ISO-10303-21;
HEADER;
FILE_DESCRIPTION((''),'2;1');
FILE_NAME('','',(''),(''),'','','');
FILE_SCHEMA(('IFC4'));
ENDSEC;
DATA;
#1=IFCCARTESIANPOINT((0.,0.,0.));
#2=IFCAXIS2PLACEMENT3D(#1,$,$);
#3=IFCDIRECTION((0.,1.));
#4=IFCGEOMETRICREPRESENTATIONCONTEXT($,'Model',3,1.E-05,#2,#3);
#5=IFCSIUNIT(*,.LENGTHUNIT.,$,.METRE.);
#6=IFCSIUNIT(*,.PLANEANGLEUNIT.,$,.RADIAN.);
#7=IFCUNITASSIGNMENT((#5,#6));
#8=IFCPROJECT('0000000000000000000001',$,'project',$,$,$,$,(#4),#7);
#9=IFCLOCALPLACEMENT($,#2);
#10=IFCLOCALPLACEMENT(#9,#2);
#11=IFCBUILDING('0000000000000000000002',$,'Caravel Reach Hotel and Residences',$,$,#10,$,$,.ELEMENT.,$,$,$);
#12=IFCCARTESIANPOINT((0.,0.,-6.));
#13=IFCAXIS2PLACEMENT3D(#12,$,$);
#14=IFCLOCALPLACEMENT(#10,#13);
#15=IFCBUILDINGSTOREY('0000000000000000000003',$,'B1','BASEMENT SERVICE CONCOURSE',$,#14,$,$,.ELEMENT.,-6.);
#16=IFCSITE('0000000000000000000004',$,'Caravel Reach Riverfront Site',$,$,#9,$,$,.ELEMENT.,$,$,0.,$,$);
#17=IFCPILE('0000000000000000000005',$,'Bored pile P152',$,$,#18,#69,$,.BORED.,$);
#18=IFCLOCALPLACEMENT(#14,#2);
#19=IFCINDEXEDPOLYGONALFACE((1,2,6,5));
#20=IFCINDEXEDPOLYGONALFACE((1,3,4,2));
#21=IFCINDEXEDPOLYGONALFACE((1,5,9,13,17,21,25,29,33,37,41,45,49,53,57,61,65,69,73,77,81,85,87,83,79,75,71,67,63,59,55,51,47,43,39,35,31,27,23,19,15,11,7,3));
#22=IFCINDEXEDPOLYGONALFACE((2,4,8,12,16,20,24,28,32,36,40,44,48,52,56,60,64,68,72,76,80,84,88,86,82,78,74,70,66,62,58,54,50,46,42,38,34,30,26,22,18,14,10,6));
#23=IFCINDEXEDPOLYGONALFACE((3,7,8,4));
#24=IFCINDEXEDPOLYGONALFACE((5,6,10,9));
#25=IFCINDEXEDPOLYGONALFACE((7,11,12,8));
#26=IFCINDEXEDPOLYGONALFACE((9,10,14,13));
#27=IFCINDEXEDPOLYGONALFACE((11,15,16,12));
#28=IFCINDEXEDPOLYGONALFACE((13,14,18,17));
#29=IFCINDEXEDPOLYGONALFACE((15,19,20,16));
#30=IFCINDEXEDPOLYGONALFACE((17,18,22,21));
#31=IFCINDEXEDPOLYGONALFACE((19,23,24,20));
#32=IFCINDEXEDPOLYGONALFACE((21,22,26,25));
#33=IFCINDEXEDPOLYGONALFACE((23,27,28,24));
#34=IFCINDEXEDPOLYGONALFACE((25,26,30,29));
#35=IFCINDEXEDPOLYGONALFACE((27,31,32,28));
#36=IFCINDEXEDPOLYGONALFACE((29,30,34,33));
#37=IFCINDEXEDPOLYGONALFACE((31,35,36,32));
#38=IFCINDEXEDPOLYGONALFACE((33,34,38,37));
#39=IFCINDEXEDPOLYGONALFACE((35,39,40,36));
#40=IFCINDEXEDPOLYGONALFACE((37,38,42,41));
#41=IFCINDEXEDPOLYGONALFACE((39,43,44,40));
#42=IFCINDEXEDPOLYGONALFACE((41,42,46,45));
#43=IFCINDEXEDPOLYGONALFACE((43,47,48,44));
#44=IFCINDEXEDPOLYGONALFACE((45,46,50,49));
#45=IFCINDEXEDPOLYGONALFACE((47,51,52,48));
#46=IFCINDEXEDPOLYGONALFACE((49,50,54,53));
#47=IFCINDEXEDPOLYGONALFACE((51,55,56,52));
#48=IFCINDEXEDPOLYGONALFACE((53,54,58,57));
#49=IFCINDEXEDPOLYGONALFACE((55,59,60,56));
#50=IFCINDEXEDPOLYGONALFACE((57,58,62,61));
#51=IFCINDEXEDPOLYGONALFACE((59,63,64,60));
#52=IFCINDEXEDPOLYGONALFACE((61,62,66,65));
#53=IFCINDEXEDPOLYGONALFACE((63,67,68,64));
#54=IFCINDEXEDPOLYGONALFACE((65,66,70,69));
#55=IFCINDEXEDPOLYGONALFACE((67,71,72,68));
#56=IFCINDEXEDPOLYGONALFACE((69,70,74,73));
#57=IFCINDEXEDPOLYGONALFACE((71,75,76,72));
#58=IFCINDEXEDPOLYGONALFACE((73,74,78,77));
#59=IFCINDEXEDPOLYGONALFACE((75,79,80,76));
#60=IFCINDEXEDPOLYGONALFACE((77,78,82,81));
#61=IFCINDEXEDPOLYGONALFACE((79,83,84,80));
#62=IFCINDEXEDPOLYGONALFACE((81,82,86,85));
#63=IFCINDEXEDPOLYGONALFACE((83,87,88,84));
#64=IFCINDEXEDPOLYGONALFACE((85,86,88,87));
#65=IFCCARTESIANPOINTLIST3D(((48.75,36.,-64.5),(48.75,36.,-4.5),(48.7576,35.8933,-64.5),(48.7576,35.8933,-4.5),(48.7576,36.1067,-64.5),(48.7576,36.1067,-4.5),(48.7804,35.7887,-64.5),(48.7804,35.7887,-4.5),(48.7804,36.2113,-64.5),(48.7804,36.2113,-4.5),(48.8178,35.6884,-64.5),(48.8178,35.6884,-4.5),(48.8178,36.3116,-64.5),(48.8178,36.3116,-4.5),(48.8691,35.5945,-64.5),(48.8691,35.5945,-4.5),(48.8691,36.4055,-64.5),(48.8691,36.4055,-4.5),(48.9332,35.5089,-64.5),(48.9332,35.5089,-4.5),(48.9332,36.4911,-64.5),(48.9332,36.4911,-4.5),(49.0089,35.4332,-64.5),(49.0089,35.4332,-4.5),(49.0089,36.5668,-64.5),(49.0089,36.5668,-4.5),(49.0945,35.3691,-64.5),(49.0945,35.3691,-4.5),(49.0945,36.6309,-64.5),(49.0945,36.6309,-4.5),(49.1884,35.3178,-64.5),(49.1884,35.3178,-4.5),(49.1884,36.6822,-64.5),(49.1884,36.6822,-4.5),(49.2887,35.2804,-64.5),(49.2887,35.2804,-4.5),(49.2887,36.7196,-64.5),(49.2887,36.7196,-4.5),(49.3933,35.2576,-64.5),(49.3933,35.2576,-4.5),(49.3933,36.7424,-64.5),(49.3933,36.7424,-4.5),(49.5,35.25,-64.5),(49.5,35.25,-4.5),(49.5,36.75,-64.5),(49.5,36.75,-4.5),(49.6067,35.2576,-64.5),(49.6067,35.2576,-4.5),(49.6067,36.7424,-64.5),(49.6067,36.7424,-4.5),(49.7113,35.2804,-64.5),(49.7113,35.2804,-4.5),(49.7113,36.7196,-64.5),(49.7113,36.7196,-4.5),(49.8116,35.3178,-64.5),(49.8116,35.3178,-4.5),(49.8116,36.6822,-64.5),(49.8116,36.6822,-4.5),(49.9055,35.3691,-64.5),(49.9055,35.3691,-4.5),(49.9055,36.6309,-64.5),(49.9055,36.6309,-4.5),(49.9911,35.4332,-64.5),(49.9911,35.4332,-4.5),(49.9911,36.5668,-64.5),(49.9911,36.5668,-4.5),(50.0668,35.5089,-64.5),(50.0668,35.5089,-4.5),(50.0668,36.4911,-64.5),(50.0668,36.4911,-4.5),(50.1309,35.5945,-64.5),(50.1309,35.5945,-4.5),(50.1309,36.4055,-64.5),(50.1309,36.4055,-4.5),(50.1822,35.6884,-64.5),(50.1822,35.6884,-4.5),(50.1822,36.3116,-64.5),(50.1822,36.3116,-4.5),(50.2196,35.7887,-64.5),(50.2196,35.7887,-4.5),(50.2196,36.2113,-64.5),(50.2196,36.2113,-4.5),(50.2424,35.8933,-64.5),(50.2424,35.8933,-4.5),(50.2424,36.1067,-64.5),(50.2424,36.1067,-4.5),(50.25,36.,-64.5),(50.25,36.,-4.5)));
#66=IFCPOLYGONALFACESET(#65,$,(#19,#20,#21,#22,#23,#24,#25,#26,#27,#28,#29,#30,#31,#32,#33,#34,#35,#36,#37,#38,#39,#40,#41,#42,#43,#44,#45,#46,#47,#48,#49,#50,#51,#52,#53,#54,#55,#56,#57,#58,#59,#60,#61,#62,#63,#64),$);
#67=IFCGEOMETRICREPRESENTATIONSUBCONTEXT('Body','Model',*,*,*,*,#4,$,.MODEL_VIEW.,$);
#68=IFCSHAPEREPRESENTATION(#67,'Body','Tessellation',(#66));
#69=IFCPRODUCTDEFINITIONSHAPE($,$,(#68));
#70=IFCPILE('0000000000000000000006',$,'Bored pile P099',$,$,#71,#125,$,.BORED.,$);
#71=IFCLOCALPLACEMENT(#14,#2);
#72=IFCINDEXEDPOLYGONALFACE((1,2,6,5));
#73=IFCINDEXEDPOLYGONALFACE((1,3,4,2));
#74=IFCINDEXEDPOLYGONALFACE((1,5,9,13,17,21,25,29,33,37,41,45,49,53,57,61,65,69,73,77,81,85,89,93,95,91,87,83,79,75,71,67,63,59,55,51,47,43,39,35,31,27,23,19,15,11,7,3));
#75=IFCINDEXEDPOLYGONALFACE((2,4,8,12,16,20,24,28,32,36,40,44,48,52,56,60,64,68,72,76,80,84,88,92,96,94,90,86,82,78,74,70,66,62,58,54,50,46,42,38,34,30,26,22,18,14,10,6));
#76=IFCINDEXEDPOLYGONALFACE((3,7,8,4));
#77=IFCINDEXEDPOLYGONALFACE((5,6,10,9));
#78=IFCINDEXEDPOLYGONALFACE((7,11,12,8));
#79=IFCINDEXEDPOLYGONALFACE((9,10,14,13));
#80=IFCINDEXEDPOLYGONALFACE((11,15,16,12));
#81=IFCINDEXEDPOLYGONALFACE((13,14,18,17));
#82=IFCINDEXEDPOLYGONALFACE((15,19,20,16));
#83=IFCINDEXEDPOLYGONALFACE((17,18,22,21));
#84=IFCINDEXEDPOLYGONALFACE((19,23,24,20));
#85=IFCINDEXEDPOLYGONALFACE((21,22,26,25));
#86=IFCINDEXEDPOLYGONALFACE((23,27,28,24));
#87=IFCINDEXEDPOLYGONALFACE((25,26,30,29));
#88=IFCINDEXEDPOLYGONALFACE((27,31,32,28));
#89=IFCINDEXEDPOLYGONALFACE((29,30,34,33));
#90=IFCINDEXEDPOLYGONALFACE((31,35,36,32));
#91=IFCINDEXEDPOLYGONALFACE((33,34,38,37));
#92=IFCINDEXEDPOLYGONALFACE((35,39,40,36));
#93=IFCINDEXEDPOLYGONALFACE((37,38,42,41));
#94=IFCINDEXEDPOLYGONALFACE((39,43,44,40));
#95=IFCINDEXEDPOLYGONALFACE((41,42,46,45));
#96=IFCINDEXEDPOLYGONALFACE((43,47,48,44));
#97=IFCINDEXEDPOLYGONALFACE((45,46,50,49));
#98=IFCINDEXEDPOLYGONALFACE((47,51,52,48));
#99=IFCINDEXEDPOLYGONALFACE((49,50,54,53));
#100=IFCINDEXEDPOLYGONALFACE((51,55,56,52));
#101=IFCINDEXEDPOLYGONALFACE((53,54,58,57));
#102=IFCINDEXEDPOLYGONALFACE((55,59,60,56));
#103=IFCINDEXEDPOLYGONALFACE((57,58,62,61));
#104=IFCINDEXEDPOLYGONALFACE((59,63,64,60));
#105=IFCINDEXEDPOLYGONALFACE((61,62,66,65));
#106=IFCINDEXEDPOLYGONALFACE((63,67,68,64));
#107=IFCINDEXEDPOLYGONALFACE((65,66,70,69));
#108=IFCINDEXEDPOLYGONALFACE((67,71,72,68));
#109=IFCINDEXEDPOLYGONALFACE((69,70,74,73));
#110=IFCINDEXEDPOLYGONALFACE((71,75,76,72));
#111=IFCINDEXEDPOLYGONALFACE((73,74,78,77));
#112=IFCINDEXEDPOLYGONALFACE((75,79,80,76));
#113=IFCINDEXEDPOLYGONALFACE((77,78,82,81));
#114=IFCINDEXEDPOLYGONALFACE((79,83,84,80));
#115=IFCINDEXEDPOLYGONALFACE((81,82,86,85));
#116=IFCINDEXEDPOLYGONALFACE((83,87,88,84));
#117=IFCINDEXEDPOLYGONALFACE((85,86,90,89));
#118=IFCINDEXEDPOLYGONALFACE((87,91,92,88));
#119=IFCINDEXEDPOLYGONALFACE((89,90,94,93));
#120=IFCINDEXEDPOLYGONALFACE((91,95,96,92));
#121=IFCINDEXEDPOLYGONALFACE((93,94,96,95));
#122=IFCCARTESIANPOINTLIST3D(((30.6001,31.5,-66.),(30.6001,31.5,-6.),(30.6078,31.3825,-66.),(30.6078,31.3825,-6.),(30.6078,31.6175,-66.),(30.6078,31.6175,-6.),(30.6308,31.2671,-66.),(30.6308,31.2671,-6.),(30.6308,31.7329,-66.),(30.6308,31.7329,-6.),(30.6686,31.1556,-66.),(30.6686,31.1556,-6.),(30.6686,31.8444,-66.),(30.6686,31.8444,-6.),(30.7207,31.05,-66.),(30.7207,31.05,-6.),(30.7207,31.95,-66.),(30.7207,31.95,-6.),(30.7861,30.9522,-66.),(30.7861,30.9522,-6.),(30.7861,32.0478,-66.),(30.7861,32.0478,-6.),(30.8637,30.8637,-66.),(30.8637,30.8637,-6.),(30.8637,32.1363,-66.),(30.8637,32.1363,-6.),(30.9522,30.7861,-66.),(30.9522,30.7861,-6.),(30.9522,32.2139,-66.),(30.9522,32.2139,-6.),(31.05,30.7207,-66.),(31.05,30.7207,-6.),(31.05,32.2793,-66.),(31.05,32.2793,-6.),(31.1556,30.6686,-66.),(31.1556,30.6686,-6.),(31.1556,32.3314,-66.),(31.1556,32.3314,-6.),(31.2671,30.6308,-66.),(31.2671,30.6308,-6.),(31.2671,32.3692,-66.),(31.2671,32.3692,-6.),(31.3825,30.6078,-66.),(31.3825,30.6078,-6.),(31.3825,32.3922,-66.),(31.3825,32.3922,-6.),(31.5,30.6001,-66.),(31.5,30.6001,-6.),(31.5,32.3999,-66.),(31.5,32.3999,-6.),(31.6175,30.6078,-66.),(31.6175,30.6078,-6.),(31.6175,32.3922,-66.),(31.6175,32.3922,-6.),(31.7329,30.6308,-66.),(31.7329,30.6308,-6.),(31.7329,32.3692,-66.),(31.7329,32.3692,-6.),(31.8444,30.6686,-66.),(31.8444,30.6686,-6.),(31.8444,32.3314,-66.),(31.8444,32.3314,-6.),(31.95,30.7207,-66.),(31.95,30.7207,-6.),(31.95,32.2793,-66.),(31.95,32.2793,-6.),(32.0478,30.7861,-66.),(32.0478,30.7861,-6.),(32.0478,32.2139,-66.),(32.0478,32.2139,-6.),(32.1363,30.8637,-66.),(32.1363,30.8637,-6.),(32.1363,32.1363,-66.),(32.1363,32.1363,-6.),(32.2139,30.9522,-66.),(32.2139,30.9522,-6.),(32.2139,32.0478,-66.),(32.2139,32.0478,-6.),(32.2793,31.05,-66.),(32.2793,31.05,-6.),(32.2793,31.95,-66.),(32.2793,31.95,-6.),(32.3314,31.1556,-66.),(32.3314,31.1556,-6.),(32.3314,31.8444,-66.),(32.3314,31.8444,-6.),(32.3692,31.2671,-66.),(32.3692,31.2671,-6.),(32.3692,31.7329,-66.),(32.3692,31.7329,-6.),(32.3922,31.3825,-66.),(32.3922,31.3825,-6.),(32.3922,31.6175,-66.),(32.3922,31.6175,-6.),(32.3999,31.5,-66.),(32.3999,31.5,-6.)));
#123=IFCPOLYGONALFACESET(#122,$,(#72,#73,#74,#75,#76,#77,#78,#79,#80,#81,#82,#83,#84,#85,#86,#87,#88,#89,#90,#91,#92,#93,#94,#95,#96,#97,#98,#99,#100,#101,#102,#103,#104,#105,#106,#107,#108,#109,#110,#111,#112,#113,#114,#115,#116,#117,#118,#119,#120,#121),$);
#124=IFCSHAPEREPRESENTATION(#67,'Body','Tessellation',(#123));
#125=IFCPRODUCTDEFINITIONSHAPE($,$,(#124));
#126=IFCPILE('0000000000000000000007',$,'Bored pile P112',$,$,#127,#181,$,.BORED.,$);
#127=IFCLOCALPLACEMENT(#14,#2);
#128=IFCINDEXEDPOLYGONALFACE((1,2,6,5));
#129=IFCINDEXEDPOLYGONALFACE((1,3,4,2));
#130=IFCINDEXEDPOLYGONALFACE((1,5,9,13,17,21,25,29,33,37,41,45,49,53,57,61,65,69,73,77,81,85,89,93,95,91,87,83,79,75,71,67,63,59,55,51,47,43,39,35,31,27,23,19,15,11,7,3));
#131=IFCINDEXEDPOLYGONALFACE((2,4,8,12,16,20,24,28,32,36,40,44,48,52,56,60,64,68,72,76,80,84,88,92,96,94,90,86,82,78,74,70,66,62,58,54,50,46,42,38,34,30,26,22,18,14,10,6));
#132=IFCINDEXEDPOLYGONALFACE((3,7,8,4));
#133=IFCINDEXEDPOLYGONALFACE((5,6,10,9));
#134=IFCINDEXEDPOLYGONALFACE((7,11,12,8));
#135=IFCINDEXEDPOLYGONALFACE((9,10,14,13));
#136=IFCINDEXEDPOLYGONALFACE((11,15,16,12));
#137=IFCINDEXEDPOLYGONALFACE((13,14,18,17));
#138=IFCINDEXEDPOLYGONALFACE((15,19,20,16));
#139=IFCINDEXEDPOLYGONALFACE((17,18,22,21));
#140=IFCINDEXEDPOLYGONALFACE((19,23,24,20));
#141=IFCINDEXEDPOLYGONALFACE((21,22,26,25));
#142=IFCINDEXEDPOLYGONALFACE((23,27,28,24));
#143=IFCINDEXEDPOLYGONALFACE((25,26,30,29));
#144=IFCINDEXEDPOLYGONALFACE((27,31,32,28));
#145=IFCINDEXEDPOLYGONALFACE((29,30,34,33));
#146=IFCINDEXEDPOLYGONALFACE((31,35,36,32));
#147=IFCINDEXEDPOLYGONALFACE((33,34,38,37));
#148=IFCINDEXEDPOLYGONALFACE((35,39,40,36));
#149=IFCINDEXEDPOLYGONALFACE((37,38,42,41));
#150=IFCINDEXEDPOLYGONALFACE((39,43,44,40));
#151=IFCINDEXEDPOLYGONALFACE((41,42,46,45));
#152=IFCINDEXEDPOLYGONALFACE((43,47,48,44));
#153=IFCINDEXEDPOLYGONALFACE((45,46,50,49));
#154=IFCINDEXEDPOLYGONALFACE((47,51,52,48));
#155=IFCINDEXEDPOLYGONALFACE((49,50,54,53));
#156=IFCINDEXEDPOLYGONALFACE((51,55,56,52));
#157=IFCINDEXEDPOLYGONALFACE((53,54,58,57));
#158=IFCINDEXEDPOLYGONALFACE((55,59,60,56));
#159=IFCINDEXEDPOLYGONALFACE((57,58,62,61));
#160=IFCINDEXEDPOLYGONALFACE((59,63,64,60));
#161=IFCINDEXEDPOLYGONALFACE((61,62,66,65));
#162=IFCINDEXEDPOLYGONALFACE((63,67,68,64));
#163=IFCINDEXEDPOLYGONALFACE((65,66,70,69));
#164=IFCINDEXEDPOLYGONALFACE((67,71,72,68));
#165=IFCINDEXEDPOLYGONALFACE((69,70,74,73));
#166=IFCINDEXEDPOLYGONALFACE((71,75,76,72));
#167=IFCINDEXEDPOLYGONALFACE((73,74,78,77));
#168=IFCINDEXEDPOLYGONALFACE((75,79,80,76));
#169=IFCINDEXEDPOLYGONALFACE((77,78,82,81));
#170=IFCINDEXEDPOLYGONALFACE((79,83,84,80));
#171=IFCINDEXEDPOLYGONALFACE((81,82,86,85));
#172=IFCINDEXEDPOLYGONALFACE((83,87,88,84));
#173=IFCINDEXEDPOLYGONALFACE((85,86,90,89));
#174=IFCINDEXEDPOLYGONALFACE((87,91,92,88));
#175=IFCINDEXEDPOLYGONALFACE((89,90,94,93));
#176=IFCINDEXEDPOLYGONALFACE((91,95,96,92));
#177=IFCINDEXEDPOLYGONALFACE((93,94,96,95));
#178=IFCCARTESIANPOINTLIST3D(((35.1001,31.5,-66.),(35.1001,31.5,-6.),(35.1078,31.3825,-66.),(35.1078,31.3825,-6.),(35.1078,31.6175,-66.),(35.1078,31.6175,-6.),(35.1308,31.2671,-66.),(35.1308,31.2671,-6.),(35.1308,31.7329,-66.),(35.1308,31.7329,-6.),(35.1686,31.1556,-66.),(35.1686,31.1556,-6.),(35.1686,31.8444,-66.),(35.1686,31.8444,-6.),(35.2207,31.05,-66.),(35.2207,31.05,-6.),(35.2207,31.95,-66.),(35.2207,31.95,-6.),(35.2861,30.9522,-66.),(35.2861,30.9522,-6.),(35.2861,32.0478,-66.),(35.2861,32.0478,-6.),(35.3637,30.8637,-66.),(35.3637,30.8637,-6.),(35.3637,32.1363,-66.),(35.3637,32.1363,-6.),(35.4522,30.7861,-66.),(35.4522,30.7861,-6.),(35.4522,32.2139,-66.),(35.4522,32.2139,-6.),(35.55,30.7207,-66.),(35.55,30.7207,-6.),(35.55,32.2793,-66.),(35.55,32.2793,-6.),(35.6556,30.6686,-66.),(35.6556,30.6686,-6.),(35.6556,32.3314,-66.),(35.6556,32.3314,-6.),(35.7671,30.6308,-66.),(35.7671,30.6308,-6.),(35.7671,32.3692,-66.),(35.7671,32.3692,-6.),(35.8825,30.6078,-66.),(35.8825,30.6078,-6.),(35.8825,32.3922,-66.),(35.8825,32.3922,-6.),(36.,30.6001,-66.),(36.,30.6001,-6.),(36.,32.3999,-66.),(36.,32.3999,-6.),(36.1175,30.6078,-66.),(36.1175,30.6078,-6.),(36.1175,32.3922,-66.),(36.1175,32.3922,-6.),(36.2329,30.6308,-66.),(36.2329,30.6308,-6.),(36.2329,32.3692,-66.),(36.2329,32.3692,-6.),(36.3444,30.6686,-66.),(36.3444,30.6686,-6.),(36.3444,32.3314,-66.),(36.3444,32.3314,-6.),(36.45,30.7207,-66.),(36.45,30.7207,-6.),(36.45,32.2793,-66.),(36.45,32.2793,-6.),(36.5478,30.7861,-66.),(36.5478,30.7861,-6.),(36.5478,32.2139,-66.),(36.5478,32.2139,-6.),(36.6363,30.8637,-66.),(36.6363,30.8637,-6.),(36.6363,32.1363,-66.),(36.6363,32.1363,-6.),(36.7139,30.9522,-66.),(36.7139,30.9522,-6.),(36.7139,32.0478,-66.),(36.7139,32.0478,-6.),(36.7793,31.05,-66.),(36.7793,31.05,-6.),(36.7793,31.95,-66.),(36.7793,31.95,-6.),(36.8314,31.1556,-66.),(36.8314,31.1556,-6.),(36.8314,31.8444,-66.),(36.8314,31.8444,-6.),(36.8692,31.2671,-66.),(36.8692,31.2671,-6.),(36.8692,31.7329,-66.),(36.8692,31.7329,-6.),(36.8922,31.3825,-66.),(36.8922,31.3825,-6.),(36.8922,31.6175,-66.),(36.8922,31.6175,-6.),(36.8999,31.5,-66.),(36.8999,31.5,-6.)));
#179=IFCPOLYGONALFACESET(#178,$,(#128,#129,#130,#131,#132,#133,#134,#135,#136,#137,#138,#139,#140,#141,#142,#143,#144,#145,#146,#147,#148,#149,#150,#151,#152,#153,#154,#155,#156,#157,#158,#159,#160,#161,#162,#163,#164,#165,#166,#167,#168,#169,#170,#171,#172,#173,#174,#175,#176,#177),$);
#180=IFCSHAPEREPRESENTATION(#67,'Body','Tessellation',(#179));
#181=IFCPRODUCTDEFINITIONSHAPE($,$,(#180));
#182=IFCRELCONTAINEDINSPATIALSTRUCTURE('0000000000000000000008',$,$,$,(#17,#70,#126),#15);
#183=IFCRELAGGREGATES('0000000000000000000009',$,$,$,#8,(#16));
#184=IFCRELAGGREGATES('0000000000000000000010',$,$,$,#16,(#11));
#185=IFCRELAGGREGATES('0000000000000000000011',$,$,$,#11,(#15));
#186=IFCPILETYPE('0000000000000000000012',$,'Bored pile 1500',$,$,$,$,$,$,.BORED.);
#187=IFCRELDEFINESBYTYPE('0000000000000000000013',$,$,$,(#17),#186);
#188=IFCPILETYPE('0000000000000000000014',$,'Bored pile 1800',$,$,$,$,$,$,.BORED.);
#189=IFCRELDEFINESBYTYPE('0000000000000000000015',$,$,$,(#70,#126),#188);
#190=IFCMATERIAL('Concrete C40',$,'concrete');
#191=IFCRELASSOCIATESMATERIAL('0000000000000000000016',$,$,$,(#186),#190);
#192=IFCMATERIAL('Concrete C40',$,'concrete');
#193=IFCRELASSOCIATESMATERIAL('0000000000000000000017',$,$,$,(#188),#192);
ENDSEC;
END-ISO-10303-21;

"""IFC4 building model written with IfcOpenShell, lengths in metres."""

from ifc_helpers import new_model, si_unit, direction, frame, origin, origin_2d, place, context, subcontext, project, spatial, circle, extrude, material, material_profile, profile_set, type_object, element, save


model = new_model("IFC4")

# Units and contexts
model_context = context("Model", 3, precision=1e-05, world=origin(), true_north=direction((0.0, 1.0)))
body_context = subcontext(model_context, "Body", "Model", "MODEL_VIEW")
ifc_project = project(units=[si_unit("LENGTHUNIT", "METRE"), si_unit("PLANEANGLEUNIT", "RADIAN")], contexts=[model_context])

# Site, building, storey
site_placement = place(None, origin())
site = spatial("IfcSite", under=ifc_project, at=site_placement, Name="Caravel Reach Riverfront Site", CompositionType="ELEMENT", RefElevation=0.0)
building_placement = place(site_placement, origin())
building = spatial("IfcBuilding", under=site, at=building_placement, Name="Caravel Reach Hotel and Residences", CompositionType="ELEMENT")
storey_placement = place(building_placement, frame((0.0, 0.0, -6.0)))
storey = spatial("IfcBuildingStorey", under=building, at=storey_placement, Name="B1", Description="BASEMENT SERVICE CONCOURSE", CompositionType="ELEMENT", Elevation=-6.0)

# Piles
ifc_material_1 = material(Name="Concrete C40", Category="concrete")
ifc_material_profile_1 = material_profile(ifc_material_1, circle(Radius=0.75, at=origin_2d()), Name="PILE 1500")
ifc_profile_set_1 = profile_set([ifc_material_profile_1], Name="Concrete C40")
pile_type_1 = type_object("IfcPileType", Name="Bored pile 1500", PredefinedType="BORED", material=ifc_profile_set_1)
for number, where, z_axis, x_axis, name in (
    (1, (49.5, 36.0, -4.5), (0.0, 0.0, -1.0), (1.0, 0.0, 0.0), "Bored pile P152"),
):
    element("IfcPile", number, at=place(storey_placement, frame(where, z_axis=z_axis, x_axis=x_axis)), inside=storey, type_object=pile_type_1, Name=name, PredefinedType="BORED", context=body_context, shape_type="SweptSolid", body=[
        extrude(circle(Radius=0.75, at=origin_2d()), origin(), (0.0, 0.0, 1.0), 60.0),
    ])
ifc_material_2 = material(Name="Concrete C40", Category="concrete")
ifc_material_profile_2 = material_profile(ifc_material_2, circle(Radius=0.8999, at=origin_2d()), Name="PILE 1800")
ifc_profile_set_2 = profile_set([ifc_material_profile_2], Name="Concrete C40")
pile_type_2 = type_object("IfcPileType", Name="Bored pile 1800", PredefinedType="BORED", material=ifc_profile_set_2)
for number, where, z_axis, x_axis, name in (
    (2, (31.5, 31.5, -6.0), (0.0, 0.0, -1.0), (1.0, 0.0, 0.0), "Bored pile P099"),
    (3, (36.0, 31.5, -6.0), (0.0, 0.0, -1.0), (1.0, 0.0, 0.0), "Bored pile P112"),
):
    element("IfcPile", number, at=place(storey_placement, frame(where, z_axis=z_axis, x_axis=x_axis)), inside=storey, type_object=pile_type_2, Name=name, PredefinedType="BORED", context=body_context, shape_type="SweptSolid", body=[
        extrude(circle(Radius=0.8999, at=origin_2d()), origin(), (0.0, 0.0, 1.0), 60.0),
    ])

save(model, "model.ifc")
